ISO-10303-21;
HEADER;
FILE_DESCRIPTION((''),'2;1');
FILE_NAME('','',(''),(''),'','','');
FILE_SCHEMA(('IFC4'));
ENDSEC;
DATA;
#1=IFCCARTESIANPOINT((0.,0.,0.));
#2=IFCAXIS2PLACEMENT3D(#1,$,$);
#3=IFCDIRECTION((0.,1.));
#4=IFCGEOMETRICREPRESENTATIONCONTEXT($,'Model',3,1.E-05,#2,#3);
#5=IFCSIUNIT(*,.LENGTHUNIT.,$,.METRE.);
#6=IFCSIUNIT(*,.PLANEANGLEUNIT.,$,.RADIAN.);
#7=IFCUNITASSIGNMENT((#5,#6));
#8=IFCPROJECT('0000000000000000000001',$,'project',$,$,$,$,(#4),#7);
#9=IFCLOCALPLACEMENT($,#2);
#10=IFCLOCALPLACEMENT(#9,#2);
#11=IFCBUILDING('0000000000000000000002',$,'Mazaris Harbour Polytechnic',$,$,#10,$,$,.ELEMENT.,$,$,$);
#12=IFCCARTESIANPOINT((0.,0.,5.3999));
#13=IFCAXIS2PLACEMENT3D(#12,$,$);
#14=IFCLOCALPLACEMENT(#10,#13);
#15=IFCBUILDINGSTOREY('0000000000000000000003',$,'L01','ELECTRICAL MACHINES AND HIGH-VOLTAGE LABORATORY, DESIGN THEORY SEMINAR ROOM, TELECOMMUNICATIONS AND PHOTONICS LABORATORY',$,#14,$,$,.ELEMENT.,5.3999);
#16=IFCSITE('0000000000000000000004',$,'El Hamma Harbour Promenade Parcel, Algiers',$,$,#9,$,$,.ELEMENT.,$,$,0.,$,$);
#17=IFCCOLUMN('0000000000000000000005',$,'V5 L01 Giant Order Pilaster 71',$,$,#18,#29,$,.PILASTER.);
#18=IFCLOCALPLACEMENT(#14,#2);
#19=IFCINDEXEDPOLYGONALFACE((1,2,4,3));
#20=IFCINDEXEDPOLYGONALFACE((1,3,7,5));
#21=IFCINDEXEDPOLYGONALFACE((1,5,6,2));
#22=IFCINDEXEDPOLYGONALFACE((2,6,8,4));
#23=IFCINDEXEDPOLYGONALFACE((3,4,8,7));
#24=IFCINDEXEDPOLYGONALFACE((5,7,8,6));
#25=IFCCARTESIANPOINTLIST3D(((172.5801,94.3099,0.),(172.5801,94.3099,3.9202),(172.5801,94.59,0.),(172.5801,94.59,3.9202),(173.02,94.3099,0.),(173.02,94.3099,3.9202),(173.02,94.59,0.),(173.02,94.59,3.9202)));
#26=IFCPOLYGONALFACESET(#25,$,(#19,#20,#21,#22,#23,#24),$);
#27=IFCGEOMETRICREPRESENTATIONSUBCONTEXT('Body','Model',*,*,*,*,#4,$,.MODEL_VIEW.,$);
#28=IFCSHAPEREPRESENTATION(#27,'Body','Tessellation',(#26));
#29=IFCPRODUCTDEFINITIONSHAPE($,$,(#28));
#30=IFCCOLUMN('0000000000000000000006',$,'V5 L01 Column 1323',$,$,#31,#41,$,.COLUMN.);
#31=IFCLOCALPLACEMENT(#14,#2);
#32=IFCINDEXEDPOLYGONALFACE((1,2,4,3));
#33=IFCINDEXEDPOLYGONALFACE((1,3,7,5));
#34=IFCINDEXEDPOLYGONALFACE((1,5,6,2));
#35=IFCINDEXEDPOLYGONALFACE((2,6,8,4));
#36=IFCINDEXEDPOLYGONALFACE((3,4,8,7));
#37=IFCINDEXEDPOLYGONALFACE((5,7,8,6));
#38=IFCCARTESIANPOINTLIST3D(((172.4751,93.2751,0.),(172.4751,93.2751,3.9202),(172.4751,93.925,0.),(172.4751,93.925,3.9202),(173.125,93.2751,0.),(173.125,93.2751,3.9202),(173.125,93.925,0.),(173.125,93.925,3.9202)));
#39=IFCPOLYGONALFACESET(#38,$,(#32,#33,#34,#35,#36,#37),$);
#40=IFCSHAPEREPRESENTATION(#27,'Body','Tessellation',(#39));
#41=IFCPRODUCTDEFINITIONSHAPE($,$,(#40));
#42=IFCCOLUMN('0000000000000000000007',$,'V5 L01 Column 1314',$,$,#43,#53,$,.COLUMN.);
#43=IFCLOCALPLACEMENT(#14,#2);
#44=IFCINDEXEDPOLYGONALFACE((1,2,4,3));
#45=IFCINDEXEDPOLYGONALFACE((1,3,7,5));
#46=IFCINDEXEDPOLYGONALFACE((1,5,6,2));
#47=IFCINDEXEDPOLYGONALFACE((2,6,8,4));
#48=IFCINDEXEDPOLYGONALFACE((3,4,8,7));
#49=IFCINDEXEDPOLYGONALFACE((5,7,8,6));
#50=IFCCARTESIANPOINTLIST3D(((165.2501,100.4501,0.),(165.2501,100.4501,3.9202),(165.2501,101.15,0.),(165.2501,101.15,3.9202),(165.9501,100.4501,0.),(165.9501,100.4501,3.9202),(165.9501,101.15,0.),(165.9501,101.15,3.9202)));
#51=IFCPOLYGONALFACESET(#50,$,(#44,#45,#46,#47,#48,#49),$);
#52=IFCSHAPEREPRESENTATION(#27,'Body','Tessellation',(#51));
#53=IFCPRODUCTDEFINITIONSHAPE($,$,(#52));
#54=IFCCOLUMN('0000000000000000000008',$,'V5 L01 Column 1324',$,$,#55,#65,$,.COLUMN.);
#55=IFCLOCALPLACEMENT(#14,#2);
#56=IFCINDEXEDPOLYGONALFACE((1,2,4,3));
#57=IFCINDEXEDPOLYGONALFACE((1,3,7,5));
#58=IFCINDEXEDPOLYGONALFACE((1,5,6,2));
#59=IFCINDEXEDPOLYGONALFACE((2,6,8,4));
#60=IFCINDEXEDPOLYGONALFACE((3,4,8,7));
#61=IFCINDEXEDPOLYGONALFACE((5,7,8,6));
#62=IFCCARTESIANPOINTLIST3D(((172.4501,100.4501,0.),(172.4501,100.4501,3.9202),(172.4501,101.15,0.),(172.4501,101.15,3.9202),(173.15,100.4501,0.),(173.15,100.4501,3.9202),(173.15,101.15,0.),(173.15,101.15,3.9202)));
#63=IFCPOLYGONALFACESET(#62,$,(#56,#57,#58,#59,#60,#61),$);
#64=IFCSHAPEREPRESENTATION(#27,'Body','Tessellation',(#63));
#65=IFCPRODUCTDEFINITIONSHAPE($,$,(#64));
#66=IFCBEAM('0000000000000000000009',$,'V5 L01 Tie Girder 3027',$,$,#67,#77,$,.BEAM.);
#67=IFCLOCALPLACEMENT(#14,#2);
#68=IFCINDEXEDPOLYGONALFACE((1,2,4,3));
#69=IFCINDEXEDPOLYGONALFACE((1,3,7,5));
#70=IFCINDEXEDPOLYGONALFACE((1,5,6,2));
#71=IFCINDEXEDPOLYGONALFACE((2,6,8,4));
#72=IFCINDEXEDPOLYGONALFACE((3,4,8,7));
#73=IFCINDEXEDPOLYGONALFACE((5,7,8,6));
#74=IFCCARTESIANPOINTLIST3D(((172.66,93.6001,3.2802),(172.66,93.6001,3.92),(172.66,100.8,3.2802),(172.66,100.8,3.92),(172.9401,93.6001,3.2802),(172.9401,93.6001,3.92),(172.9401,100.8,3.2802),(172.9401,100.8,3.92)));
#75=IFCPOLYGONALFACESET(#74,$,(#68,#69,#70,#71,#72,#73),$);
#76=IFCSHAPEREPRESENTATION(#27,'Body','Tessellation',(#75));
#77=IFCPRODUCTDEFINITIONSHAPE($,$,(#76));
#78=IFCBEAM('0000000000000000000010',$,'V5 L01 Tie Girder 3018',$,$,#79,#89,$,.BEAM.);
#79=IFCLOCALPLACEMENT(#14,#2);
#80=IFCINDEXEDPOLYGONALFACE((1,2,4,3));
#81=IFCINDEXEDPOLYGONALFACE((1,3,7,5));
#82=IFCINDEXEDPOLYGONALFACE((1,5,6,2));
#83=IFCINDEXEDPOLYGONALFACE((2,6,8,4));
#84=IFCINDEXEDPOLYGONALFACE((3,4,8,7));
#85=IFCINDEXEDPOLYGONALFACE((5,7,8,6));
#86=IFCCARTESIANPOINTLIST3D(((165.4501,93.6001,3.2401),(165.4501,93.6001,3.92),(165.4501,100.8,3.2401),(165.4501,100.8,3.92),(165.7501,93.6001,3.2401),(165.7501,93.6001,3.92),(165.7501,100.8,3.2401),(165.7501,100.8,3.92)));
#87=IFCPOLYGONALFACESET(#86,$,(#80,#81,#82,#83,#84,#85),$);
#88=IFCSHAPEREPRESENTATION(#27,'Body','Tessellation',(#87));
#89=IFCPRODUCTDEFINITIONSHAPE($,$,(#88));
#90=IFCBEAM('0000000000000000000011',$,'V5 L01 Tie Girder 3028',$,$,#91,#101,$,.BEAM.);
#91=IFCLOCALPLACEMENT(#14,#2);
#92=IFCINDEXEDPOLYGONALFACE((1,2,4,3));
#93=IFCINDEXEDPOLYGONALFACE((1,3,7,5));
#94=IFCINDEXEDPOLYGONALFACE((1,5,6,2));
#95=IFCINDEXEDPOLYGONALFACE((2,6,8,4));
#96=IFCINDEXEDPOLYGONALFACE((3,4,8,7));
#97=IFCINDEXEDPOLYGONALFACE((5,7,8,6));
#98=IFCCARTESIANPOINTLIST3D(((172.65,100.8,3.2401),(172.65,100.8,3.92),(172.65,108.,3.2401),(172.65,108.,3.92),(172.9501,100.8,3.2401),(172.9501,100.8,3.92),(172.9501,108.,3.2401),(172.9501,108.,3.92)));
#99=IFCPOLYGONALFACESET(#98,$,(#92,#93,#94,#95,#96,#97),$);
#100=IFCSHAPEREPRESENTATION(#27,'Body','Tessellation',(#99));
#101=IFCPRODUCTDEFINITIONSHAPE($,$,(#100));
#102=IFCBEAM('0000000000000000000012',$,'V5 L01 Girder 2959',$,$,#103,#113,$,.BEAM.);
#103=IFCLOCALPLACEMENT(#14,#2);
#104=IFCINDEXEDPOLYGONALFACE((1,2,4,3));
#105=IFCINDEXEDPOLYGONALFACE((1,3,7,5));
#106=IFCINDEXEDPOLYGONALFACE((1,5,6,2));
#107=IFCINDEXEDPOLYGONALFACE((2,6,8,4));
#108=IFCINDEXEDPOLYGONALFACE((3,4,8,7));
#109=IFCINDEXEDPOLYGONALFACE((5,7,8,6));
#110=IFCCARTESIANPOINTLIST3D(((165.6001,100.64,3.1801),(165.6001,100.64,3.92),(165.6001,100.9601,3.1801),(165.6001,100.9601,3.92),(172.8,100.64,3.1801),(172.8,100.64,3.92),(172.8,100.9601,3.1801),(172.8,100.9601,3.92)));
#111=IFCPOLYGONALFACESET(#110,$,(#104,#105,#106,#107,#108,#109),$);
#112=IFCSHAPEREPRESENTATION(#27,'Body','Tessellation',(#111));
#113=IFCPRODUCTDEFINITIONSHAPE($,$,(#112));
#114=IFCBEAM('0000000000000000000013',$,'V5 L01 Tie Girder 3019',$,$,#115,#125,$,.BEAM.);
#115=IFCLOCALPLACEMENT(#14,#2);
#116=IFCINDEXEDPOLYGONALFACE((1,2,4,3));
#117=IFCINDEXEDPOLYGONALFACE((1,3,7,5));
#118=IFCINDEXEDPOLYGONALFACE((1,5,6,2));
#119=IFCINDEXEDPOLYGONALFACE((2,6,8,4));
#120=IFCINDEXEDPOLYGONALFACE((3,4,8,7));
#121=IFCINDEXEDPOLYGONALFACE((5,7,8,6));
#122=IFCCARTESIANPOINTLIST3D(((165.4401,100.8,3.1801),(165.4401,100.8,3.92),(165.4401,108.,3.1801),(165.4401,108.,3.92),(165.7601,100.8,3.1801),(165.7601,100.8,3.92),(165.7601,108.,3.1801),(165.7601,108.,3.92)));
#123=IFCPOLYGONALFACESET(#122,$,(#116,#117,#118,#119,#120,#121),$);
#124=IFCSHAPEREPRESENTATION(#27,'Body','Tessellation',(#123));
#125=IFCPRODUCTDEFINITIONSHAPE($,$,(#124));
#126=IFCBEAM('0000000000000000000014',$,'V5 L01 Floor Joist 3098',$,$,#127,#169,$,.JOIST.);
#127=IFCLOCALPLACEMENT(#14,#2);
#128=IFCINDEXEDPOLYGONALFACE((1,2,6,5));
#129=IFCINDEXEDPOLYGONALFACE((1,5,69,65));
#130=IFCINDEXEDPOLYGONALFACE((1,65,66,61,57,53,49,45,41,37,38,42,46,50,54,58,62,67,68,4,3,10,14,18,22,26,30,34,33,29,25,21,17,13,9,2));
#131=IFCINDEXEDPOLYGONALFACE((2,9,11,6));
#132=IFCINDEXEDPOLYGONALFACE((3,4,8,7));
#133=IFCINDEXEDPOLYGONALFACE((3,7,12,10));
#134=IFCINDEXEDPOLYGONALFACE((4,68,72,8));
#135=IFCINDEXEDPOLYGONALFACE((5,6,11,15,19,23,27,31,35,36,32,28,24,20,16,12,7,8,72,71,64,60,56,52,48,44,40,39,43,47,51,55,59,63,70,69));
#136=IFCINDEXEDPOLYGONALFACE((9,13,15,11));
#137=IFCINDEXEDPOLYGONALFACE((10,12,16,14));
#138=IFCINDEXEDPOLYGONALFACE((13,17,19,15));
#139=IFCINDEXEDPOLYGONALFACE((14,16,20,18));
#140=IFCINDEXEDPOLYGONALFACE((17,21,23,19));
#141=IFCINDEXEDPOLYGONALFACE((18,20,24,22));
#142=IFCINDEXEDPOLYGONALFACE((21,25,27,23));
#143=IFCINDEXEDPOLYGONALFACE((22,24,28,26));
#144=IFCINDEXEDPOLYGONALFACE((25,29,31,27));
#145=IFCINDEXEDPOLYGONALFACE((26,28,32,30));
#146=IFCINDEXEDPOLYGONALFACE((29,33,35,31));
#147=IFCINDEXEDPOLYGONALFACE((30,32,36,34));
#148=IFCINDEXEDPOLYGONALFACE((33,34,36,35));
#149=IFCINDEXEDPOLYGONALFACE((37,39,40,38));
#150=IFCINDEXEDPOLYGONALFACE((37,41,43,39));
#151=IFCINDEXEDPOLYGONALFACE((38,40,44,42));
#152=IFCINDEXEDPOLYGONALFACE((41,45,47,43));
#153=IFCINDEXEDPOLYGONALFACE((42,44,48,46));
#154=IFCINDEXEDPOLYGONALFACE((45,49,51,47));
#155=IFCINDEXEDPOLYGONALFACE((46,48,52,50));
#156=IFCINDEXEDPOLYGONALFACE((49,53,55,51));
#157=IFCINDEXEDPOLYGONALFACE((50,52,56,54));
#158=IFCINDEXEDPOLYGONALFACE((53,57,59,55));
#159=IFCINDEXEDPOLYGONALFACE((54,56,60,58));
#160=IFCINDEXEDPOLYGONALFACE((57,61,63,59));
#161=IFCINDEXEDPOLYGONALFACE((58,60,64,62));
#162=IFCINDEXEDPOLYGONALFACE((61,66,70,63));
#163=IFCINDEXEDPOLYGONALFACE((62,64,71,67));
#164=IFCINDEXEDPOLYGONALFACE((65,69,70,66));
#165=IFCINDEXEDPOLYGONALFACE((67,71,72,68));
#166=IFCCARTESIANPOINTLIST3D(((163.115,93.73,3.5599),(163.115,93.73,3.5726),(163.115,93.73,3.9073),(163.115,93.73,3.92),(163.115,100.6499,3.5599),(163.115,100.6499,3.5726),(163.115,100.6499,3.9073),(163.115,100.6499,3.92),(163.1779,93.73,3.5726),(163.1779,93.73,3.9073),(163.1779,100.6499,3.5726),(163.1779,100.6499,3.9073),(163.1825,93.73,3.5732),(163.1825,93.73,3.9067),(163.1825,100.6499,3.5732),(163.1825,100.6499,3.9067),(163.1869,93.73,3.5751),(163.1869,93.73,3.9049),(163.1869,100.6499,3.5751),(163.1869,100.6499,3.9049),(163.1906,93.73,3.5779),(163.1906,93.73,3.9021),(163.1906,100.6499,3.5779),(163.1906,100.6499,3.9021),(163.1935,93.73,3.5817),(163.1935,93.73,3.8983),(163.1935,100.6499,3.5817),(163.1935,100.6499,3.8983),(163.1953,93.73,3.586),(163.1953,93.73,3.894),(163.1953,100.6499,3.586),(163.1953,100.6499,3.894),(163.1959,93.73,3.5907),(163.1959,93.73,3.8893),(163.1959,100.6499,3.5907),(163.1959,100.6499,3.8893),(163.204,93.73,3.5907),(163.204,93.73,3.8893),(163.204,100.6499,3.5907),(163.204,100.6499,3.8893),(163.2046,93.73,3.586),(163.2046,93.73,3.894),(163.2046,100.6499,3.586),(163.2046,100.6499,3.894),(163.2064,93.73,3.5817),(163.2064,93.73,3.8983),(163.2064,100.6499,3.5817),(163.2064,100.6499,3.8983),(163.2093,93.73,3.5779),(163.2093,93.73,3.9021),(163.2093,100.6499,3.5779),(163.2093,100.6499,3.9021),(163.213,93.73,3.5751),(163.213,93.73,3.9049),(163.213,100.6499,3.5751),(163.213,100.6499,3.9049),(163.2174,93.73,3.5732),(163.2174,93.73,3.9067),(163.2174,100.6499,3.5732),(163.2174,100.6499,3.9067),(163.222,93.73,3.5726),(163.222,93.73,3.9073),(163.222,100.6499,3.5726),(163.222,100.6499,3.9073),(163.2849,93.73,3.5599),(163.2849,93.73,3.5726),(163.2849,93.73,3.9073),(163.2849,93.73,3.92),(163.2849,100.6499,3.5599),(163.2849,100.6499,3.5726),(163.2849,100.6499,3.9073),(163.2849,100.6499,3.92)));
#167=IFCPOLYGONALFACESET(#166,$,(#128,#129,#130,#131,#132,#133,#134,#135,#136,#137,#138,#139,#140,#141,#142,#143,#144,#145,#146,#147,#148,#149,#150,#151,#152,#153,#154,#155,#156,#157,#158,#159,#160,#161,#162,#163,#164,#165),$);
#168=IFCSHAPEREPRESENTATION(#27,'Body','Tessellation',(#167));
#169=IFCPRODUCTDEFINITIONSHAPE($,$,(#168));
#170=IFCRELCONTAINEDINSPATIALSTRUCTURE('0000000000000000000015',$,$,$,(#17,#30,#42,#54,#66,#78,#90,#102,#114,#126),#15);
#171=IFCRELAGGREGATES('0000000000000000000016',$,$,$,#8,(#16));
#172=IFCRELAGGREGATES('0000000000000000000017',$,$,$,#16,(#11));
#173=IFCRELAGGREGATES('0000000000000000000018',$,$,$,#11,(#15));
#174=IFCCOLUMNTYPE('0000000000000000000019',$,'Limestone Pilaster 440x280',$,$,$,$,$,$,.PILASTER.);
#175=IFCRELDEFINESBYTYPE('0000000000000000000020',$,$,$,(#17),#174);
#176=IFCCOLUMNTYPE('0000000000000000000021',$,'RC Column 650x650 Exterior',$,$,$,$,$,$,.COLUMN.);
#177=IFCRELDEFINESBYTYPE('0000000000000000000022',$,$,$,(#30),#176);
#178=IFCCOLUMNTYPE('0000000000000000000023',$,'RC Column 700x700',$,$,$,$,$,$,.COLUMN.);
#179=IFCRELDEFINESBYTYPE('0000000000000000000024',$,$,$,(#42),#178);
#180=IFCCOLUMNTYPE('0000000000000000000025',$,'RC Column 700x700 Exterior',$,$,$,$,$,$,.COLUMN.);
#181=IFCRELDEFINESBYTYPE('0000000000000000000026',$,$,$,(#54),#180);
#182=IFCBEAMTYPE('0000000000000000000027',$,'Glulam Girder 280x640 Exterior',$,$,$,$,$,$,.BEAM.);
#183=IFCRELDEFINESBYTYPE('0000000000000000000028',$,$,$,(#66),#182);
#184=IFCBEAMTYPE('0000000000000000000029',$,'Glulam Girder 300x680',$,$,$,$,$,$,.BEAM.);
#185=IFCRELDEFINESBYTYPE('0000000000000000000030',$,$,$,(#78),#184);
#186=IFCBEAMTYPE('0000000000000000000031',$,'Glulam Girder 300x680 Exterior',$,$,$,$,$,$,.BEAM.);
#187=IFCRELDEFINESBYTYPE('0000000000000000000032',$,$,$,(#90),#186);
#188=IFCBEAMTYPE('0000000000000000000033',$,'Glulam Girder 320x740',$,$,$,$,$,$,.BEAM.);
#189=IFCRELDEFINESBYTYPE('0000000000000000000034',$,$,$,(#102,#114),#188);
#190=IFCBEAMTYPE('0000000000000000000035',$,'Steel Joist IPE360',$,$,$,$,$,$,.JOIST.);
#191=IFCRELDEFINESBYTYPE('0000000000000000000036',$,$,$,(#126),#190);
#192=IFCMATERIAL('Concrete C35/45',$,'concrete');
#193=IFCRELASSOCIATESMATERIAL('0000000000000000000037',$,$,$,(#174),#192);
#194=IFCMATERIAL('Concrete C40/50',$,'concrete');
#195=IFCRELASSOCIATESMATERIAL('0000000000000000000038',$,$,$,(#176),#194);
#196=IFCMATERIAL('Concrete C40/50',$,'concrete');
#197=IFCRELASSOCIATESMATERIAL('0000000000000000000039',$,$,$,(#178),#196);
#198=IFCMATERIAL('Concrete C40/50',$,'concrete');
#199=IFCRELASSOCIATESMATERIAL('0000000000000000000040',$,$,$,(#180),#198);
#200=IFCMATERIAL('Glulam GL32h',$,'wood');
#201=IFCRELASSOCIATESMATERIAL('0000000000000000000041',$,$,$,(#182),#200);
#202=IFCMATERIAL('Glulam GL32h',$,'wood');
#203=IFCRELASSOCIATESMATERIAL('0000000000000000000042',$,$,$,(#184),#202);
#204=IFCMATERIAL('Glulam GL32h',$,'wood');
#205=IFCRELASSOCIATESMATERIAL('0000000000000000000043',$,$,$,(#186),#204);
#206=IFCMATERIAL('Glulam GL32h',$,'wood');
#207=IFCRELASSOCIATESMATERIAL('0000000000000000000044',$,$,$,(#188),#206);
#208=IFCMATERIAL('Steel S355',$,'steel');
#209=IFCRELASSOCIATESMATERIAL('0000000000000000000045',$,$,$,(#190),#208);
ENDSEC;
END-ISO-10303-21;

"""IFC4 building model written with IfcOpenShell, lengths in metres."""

from ifc_helpers import new_model, si_unit, direction, frame, origin, origin_2d, place, context, subcontext, project, spatial, rectangle, i_section, extrude, material, material_profile, profile_set, type_object, element, save


model = new_model("IFC4")

# Units and contexts
model_context = context("Model", 3, precision=1e-05, world=origin(), true_north=direction((0.0, 1.0)))
body_context = subcontext(model_context, "Body", "Model", "MODEL_VIEW")
ifc_project = project(units=[si_unit("LENGTHUNIT", "METRE"), si_unit("PLANEANGLEUNIT", "RADIAN")], contexts=[model_context])

# Site, building, storey
site_placement = place(None, origin())
site = spatial("IfcSite", under=ifc_project, at=site_placement, Name="El Hamma Harbour Promenade Parcel, Algiers", CompositionType="ELEMENT", RefElevation=0.0)
building_placement = place(site_placement, origin())
building = spatial("IfcBuilding", under=site, at=building_placement, Name="Mazaris Harbour Polytechnic", CompositionType="ELEMENT")
storey_placement = place(building_placement, frame((0.0, 0.0, 5.3999)))
storey = spatial("IfcBuildingStorey", under=building, at=storey_placement, Name="L01", Description="ELECTRICAL MACHINES AND HIGH-VOLTAGE LABORATORY, DESIGN THEORY SEMINAR ROOM, TELECOMMUNICATIONS AND PHOTONICS LABORATORY", CompositionType="ELEMENT", Elevation=5.3999)

# Columns
ifc_material_1 = material(Name="Concrete C35/45", Category="concrete")
ifc_material_profile_1 = material_profile(ifc_material_1, rectangle(XDim=0.4399, YDim=0.28, at=origin_2d()), Name="RECT440x280")
ifc_profile_set_1 = profile_set([ifc_material_profile_1], Name="Concrete C35/45")
column_type_1 = type_object("IfcColumnType", Name="Limestone Pilaster 440x280", PredefinedType="PILASTER", material=ifc_profile_set_1)
column_1_placement = place(storey_placement, frame((172.8, 94.45, 0.0), z_axis=(0.0, 0.0, 1.0), x_axis=(1.0, 0.0, 0.0)))
element("IfcColumn", 1, at=column_1_placement, inside=storey, type_object=column_type_1, Name="V5 L01 Giant Order Pilaster 71", PredefinedType="PILASTER", context=body_context, shape_type="SweptSolid", body=[
    extrude(rectangle(XDim=0.4399, YDim=0.28, at=origin_2d()), origin(), (0.0, 0.0, 1.0), 3.9202),
])
ifc_material_2 = material(Name="Concrete C40/50", Category="concrete")
ifc_material_profile_2 = material_profile(ifc_material_2, rectangle(XDim=0.6499, YDim=0.6499, at=origin_2d()), Name="RECT650x650")
ifc_profile_set_2 = profile_set([ifc_material_profile_2], Name="Concrete C40/50")
column_type_2 = type_object("IfcColumnType", Name="RC Column 650x650 Exterior", PredefinedType="COLUMN", material=ifc_profile_set_2)
column_2_placement = place(storey_placement, frame((172.8, 93.6001, 0.0), z_axis=(0.0, 0.0, 1.0), x_axis=(1.0, 0.0, 0.0)))
element("IfcColumn", 2, at=column_2_placement, inside=storey, type_object=column_type_2, Name="V5 L01 Column 1323", PredefinedType="COLUMN", context=body_context, shape_type="SweptSolid", body=[
    extrude(rectangle(XDim=0.6499, YDim=0.6499, at=origin_2d()), origin(), (0.0, 0.0, 1.0), 3.9202),
])
ifc_material_3 = material(Name="Concrete C40/50", Category="concrete")
ifc_material_profile_3 = material_profile(ifc_material_3, rectangle(XDim=0.7, YDim=0.7, at=origin_2d()), Name="RECT700x700")
ifc_profile_set_3 = profile_set([ifc_material_profile_3], Name="Concrete C40/50")
column_type_3 = type_object("IfcColumnType", Name="RC Column 700x700", PredefinedType="COLUMN", material=ifc_profile_set_3)
column_3_placement = place(storey_placement, frame((165.6001, 100.8, 0.0), z_axis=(0.0, 0.0, 1.0), x_axis=(1.0, 0.0, 0.0)))
element("IfcColumn", 3, at=column_3_placement, inside=storey, type_object=column_type_3, Name="V5 L01 Column 1314", PredefinedType="COLUMN", context=body_context, shape_type="SweptSolid", body=[
    extrude(rectangle(XDim=0.7, YDim=0.7, at=origin_2d()), origin(), (0.0, 0.0, 1.0), 3.9202),
])
ifc_material_4 = material(Name="Concrete C40/50", Category="concrete")
ifc_material_profile_4 = material_profile(ifc_material_4, rectangle(XDim=0.7, YDim=0.7, at=origin_2d()), Name="RECT700x700")
ifc_profile_set_4 = profile_set([ifc_material_profile_4], Name="Concrete C40/50")
column_type_4 = type_object("IfcColumnType", Name="RC Column 700x700 Exterior", PredefinedType="COLUMN", material=ifc_profile_set_4)
column_4_placement = place(storey_placement, frame((172.8, 100.8, 0.0), z_axis=(0.0, 0.0, 1.0), x_axis=(1.0, 0.0, 0.0)))
element("IfcColumn", 4, at=column_4_placement, inside=storey, type_object=column_type_4, Name="V5 L01 Column 1324", PredefinedType="COLUMN", context=body_context, shape_type="SweptSolid", body=[
    extrude(rectangle(XDim=0.7, YDim=0.7, at=origin_2d()), origin(), (0.0, 0.0, 1.0), 3.9202),
])

# Beams
ifc_material_5 = material(Name="Glulam GL32h", Category="wood")
ifc_material_profile_5 = material_profile(ifc_material_5, rectangle(XDim=0.28, YDim=0.6399, at=origin_2d()), Name="RECT280x640")
ifc_profile_set_5 = profile_set([ifc_material_profile_5], Name="Glulam GL32h")
beam_type_1 = type_object("IfcBeamType", Name="Glulam Girder 280x640 Exterior", PredefinedType="BEAM", material=ifc_profile_set_5)
beam_1_placement = place(storey_placement, frame((172.8, 93.6001, 3.6001), z_axis=(0.0, 1.0, 0.0), x_axis=(-1.0, 0.0, 0.0)))
element("IfcBeam", 5, at=beam_1_placement, inside=storey, type_object=beam_type_1, Name="V5 L01 Tie Girder 3027", PredefinedType="BEAM", context=body_context, shape_type="SweptSolid", body=[
    extrude(rectangle(XDim=0.28, YDim=0.6399, at=origin_2d()), origin(), (0.0, 0.0, 1.0), 7.2),
])
ifc_material_6 = material(Name="Glulam GL32h", Category="wood")
ifc_material_profile_6 = material_profile(ifc_material_6, rectangle(XDim=0.3, YDim=0.6799, at=origin_2d()), Name="RECT300x680")
ifc_profile_set_6 = profile_set([ifc_material_profile_6], Name="Glulam GL32h")
beam_type_2 = type_object("IfcBeamType", Name="Glulam Girder 300x680", PredefinedType="BEAM", material=ifc_profile_set_6)
beam_2_placement = place(storey_placement, frame((165.6001, 93.6001, 3.5801), z_axis=(0.0, 1.0, 0.0), x_axis=(-1.0, 0.0, 0.0)))
element("IfcBeam", 6, at=beam_2_placement, inside=storey, type_object=beam_type_2, Name="V5 L01 Tie Girder 3018", PredefinedType="BEAM", context=body_context, shape_type="SweptSolid", body=[
    extrude(rectangle(XDim=0.3, YDim=0.6799, at=origin_2d()), origin(), (0.0, 0.0, 1.0), 7.2),
])
ifc_material_7 = material(Name="Glulam GL32h", Category="wood")
ifc_material_profile_7 = material_profile(ifc_material_7, rectangle(XDim=0.3, YDim=0.6799, at=origin_2d()), Name="RECT300x680")
ifc_profile_set_7 = profile_set([ifc_material_profile_7], Name="Glulam GL32h")
beam_type_3 = type_object("IfcBeamType", Name="Glulam Girder 300x680 Exterior", PredefinedType="BEAM", material=ifc_profile_set_7)
beam_3_placement = place(storey_placement, frame((172.8, 100.8, 3.5801), z_axis=(0.0, 1.0, 0.0), x_axis=(-1.0, 0.0, 0.0)))
element("IfcBeam", 7, at=beam_3_placement, inside=storey, type_object=beam_type_3, Name="V5 L01 Tie Girder 3028", PredefinedType="BEAM", context=body_context, shape_type="SweptSolid", body=[
    extrude(rectangle(XDim=0.3, YDim=0.6799, at=origin_2d()), origin(), (0.0, 0.0, 1.0), 7.2),
])
ifc_material_8 = material(Name="Glulam GL32h", Category="wood")
ifc_material_profile_8 = material_profile(ifc_material_8, rectangle(XDim=0.3201, YDim=0.74, at=origin_2d()), Name="RECT320x740")
ifc_profile_set_8 = profile_set([ifc_material_profile_8], Name="Glulam GL32h")
beam_type_4 = type_object("IfcBeamType", Name="Glulam Girder 320x740", PredefinedType="BEAM", material=ifc_profile_set_8)
for number, where, z_axis, x_axis, name in (
    (8, (165.6001, 100.8, 3.55), (1.0, 0.0, 0.0), (0.0, 1.0, 0.0), "V5 L01 Girder 2959"),
    (9, (165.6001, 100.8, 3.55), (0.0, 1.0, 0.0), (-1.0, 0.0, 0.0), "V5 L01 Tie Girder 3019"),
):
    element("IfcBeam", number, at=place(storey_placement, frame(where, z_axis=z_axis, x_axis=x_axis)), inside=storey, type_object=beam_type_4, Name=name, PredefinedType="BEAM", context=body_context, shape_type="SweptSolid", body=[
        extrude(rectangle(XDim=0.3201, YDim=0.74, at=origin_2d()), origin(), (0.0, 0.0, 1.0), 7.2),
    ])
ifc_material_9 = material(Name="Steel S355", Category="steel")
ifc_material_profile_9 = material_profile(ifc_material_9, i_section(OverallWidth=0.1699, OverallDepth=0.3601, WebThickness=0.0081, FlangeThickness=0.0127, FilletRadius=0.0181, at=origin_2d()), Name="IPE 360")
ifc_profile_set_9 = profile_set([ifc_material_profile_9], Name="Steel S355")
beam_type_5 = type_object("IfcBeamType", Name="Steel Joist IPE360", PredefinedType="JOIST", material=ifc_profile_set_9)
beam_4_placement = place(storey_placement, frame((163.2, 93.73, 3.74), z_axis=(0.0, 1.0, 0.0), x_axis=(-1.0, 0.0, 0.0)))
element("IfcBeam", 10, at=beam_4_placement, inside=storey, type_object=beam_type_5, Name="V5 L01 Floor Joist 3098", PredefinedType="JOIST", context=body_context, shape_type="SweptSolid", body=[
    extrude(i_section(OverallWidth=0.1699, OverallDepth=0.3601, WebThickness=0.0081, FlangeThickness=0.0127, FilletRadius=0.0181, at=origin_2d()), origin(), (0.0, 0.0, 1.0), 6.9199),
])

save(model, "model.ifc")
